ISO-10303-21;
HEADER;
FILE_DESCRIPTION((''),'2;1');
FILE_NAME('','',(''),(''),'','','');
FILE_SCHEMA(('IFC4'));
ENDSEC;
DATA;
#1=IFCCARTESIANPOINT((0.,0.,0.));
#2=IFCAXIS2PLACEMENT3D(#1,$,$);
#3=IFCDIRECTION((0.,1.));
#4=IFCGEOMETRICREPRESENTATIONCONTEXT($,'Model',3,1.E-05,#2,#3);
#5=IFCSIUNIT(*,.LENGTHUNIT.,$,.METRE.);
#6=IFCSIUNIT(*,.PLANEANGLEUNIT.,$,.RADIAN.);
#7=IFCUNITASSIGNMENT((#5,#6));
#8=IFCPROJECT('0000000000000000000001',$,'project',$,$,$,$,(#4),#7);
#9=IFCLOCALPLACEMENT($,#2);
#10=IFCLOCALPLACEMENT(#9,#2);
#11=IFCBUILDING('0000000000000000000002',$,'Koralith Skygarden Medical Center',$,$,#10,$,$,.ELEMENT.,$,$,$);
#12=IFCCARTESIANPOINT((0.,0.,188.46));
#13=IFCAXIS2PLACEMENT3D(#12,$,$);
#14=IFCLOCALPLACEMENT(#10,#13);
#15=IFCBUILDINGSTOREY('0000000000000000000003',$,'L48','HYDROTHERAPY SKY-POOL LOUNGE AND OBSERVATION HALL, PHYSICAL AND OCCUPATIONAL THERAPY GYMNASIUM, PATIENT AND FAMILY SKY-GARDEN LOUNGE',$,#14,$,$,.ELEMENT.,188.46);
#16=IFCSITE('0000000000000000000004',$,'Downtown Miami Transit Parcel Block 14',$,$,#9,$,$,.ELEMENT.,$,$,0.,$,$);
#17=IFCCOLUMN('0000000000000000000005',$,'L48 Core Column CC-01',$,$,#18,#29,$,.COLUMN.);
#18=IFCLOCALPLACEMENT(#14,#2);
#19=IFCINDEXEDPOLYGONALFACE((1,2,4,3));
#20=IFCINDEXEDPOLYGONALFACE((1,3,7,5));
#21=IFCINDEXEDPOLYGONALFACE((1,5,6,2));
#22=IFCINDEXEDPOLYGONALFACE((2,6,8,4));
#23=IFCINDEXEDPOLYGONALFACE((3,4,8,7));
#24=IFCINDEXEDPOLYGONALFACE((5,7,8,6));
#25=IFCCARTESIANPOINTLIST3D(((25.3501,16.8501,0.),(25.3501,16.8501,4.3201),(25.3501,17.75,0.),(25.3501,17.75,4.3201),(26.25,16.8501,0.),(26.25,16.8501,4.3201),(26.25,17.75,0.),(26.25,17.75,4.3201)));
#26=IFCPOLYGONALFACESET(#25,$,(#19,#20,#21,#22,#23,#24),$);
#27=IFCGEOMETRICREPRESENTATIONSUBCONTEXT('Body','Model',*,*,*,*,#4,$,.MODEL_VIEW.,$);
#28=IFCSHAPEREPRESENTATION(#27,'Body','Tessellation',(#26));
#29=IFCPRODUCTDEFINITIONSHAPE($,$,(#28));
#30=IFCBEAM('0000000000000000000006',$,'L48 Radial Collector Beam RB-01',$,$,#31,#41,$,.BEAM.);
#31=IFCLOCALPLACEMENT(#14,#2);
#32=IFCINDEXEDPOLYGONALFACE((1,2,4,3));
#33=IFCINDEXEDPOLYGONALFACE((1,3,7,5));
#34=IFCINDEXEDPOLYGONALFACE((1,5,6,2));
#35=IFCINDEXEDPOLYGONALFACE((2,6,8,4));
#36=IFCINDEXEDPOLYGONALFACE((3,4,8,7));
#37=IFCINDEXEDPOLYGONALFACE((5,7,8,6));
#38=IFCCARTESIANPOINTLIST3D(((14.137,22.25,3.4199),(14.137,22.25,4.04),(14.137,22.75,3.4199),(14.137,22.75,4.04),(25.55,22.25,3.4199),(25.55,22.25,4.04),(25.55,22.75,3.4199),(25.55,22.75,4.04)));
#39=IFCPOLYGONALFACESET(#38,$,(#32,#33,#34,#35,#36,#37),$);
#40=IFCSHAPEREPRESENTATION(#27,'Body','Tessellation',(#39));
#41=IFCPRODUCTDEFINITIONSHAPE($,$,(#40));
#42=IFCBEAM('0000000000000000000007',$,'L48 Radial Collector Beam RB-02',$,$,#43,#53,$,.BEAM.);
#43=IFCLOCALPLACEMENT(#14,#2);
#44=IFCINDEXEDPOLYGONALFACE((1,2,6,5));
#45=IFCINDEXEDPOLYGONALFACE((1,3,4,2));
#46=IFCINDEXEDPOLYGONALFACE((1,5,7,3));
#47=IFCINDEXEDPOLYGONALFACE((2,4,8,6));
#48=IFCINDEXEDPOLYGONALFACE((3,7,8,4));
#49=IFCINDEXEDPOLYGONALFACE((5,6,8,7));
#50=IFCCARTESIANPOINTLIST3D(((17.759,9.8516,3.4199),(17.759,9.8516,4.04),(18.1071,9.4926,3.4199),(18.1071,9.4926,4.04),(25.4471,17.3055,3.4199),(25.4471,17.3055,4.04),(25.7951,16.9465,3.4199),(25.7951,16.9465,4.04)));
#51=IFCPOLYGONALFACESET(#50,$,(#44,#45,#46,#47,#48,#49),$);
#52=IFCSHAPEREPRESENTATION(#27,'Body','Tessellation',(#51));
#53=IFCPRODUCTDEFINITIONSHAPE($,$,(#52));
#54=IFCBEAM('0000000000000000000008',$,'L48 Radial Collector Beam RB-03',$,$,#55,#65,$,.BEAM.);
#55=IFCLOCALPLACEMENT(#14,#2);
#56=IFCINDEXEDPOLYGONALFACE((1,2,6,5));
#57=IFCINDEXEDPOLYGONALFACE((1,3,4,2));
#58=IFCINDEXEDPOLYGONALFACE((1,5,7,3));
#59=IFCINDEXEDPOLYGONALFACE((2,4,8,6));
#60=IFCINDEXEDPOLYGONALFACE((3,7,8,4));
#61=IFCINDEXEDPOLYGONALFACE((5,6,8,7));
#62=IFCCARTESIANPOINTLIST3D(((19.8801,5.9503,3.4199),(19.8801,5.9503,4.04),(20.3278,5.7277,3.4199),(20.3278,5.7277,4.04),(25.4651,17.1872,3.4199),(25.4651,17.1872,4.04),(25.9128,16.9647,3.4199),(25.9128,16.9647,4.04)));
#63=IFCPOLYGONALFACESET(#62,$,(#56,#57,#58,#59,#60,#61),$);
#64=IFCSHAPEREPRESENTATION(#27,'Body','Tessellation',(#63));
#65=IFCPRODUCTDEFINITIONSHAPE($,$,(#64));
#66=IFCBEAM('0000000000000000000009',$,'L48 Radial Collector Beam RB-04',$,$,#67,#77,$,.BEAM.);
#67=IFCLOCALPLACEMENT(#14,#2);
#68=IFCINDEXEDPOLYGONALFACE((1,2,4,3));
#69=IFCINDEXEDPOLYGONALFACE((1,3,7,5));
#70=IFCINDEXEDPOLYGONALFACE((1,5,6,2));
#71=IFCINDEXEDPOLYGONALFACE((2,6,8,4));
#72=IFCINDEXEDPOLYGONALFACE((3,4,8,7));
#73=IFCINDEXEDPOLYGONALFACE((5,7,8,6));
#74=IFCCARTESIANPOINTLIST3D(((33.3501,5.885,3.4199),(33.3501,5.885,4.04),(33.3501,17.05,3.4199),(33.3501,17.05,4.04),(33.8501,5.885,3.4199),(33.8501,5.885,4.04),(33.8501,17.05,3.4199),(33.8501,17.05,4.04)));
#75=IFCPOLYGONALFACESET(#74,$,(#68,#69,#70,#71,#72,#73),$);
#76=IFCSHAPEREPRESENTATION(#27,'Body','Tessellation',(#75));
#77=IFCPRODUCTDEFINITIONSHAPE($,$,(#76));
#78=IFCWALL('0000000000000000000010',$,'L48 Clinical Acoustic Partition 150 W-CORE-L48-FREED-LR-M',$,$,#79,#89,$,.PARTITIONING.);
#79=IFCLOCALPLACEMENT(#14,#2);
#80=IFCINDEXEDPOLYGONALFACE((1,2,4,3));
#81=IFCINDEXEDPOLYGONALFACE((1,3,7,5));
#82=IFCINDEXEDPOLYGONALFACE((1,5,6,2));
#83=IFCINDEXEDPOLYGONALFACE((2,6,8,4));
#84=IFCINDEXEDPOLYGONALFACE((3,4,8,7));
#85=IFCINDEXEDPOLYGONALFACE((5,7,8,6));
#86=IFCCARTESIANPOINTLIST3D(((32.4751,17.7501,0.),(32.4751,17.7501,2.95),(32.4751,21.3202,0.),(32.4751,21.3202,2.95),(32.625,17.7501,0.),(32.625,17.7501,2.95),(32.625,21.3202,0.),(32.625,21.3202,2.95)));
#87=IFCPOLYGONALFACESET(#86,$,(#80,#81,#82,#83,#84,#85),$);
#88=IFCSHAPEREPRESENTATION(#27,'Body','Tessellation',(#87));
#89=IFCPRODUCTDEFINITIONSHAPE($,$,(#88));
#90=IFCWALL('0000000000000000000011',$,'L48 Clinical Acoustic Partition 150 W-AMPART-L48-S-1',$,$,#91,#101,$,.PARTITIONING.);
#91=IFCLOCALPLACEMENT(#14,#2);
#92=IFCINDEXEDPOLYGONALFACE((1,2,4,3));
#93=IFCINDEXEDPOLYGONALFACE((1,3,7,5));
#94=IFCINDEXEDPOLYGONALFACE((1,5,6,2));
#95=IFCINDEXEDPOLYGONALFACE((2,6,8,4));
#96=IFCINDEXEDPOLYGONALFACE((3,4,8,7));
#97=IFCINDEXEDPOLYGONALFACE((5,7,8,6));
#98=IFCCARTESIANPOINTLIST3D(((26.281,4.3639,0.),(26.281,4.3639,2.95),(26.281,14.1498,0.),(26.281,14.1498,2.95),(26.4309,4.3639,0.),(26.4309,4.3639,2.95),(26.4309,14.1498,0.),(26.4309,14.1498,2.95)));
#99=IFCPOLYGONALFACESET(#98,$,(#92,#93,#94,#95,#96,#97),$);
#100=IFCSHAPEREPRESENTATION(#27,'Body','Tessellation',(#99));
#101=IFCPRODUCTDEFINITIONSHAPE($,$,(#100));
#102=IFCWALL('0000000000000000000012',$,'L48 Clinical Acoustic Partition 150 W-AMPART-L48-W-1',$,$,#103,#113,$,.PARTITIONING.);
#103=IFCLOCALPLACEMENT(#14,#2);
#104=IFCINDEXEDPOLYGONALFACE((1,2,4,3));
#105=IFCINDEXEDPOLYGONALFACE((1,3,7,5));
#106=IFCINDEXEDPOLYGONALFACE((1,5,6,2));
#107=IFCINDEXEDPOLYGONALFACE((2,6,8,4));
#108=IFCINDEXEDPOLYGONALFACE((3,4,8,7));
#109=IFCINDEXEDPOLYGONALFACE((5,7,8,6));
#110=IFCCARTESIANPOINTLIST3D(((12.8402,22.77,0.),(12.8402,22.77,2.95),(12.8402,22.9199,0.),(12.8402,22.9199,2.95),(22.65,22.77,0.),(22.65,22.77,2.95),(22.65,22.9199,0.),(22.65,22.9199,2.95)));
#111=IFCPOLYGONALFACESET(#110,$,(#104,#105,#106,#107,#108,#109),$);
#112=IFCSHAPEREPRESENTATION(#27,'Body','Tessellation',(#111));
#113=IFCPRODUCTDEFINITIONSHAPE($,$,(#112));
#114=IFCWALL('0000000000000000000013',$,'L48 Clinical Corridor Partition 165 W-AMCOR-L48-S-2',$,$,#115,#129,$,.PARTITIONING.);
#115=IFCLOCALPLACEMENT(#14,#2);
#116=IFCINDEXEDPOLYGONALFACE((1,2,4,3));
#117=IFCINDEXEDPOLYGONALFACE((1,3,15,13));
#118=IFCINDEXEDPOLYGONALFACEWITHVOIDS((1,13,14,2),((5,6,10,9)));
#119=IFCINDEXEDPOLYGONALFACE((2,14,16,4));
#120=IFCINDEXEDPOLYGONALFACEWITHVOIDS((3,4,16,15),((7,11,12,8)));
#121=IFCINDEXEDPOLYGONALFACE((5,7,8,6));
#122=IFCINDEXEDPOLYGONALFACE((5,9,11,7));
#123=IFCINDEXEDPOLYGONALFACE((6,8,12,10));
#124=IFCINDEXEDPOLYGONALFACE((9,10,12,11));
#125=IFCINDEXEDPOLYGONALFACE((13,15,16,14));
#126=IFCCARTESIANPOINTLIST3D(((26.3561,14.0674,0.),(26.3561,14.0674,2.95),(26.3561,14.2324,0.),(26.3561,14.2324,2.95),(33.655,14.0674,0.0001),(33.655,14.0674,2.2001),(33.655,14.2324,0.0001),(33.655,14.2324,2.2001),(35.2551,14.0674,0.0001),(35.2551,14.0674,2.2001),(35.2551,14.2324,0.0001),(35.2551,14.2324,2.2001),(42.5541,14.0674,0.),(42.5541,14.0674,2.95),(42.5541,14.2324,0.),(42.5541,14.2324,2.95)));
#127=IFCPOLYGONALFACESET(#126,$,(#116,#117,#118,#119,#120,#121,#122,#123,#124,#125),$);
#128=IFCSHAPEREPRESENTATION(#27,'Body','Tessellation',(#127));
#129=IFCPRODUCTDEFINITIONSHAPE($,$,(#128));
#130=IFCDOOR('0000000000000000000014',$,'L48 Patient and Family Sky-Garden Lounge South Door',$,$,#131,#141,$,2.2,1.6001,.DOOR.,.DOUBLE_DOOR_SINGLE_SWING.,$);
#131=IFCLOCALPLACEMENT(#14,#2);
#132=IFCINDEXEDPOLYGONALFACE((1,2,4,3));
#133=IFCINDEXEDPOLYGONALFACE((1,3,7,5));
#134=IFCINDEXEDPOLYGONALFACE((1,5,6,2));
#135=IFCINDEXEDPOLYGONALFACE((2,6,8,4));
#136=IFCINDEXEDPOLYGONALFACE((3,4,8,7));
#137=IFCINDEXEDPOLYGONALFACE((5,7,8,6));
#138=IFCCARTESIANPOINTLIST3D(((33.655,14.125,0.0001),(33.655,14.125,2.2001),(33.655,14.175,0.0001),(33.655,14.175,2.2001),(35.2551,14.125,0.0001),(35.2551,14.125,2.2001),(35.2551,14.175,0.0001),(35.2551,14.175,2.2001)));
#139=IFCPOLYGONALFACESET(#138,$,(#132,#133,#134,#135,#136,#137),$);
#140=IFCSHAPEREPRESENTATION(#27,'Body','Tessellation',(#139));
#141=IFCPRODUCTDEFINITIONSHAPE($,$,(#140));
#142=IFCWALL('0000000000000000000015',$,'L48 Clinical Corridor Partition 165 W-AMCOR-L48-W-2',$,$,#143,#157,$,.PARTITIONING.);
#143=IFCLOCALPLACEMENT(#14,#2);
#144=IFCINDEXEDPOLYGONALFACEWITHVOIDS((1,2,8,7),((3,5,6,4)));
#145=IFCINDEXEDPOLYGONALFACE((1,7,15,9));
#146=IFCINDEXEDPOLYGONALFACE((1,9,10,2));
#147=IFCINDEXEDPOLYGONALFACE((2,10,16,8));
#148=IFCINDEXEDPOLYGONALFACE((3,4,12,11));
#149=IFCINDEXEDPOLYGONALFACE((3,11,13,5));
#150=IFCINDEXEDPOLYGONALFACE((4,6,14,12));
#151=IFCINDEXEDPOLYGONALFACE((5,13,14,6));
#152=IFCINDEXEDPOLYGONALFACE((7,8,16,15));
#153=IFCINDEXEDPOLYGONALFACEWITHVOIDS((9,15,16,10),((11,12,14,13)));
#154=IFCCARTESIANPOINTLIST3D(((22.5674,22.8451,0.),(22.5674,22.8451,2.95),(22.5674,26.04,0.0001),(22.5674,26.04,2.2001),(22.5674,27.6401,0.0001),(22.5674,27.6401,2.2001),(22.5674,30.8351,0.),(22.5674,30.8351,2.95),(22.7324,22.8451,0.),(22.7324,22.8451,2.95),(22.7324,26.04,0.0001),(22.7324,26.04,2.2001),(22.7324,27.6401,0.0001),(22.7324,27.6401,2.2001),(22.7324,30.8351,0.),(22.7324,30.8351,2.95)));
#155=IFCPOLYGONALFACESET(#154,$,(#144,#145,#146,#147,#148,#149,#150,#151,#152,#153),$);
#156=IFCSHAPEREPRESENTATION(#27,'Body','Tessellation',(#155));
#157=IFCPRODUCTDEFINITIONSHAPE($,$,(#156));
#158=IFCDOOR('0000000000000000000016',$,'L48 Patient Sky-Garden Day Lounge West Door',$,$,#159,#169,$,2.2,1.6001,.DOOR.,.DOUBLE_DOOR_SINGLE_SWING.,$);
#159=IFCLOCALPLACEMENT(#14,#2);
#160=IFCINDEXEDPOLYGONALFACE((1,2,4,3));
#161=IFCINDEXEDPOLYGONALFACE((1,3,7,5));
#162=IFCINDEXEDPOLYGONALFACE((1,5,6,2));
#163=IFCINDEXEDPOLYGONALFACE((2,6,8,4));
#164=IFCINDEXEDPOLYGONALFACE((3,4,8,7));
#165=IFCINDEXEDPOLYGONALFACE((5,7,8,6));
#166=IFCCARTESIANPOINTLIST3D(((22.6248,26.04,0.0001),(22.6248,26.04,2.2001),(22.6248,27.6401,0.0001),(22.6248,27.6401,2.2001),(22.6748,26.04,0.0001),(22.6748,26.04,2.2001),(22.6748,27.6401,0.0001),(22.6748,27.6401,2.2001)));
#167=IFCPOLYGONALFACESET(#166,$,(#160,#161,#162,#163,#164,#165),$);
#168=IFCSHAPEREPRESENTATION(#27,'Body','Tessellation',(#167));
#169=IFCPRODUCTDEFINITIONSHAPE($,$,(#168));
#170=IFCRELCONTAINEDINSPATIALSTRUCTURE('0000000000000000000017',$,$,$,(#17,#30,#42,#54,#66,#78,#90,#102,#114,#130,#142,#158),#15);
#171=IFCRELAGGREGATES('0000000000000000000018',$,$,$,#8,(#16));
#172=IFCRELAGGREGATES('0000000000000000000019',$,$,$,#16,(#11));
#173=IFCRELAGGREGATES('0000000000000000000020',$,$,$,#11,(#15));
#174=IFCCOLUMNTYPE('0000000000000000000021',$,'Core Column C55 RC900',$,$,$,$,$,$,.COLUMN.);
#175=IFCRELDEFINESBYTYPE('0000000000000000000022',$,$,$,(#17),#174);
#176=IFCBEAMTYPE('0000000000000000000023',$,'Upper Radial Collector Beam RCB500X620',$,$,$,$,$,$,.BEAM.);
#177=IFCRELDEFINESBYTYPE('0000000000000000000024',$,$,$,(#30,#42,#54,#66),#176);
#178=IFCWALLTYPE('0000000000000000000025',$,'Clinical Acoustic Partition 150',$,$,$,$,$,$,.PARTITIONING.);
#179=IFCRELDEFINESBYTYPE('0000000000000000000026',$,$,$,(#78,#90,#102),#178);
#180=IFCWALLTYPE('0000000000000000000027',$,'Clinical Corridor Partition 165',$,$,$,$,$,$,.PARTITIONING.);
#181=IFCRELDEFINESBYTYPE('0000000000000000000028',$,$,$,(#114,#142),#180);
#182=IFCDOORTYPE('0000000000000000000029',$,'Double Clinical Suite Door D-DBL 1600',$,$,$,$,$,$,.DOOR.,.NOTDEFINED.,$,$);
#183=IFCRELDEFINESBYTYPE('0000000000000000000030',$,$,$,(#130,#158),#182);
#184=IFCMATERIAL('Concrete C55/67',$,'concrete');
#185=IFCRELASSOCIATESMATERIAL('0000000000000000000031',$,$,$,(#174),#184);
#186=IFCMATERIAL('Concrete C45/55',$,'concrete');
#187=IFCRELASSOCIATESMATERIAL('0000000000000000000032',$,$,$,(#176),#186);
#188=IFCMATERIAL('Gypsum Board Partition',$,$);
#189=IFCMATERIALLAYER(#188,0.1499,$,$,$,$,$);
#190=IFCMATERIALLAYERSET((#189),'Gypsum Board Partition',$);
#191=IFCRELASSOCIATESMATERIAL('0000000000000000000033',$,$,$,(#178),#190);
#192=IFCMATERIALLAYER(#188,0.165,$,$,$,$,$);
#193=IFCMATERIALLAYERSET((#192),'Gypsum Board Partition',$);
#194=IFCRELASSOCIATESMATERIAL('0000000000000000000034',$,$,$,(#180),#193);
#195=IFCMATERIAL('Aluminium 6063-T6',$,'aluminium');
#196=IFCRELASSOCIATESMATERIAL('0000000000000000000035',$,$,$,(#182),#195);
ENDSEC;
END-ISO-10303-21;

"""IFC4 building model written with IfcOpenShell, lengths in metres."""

from ifc_helpers import new_model, si_unit, direction, frame, frame_2d, origin, origin_2d, place, context, subcontext, project, spatial, rectangle, extrude, material, layer, layer_set, material_profile, profile_set, type_object, element, fill, save


model = new_model("IFC4")

# Units and contexts
model_context = context("Model", 3, precision=1e-05, world=origin(), true_north=direction((0.0, 1.0)))
body_context = subcontext(model_context, "Body", "Model", "MODEL_VIEW")
ifc_project = project(units=[si_unit("LENGTHUNIT", "METRE"), si_unit("PLANEANGLEUNIT", "RADIAN")], contexts=[model_context])

# Site, building, storey
site_placement = place(None, origin())
site = spatial("IfcSite", under=ifc_project, at=site_placement, Name="Downtown Miami Transit Parcel Block 14", CompositionType="ELEMENT", RefElevation=0.0)
building_placement = place(site_placement, origin())
building = spatial("IfcBuilding", under=site, at=building_placement, Name="Koralith Skygarden Medical Center", CompositionType="ELEMENT")
storey_placement = place(building_placement, frame((0.0, 0.0, 188.46)))
storey = spatial("IfcBuildingStorey", under=building, at=storey_placement, Name="L48", Description="HYDROTHERAPY SKY-POOL LOUNGE AND OBSERVATION HALL, PHYSICAL AND OCCUPATIONAL THERAPY GYMNASIUM, PATIENT AND FAMILY SKY-GARDEN LOUNGE", CompositionType="ELEMENT", Elevation=188.46)

# Column
ifc_material_1 = material(Name="Concrete C55/67", Category="concrete")
ifc_material_profile_1 = material_profile(ifc_material_1, rectangle(XDim=0.8999, YDim=0.8999, at=origin_2d()), Name="RC900X900")
ifc_profile_set_1 = profile_set([ifc_material_profile_1], Name="Concrete C55/67")
column_type = type_object("IfcColumnType", Name="Core Column C55 RC900", PredefinedType="COLUMN", material=ifc_profile_set_1)
column_placement = place(storey_placement, frame((25.8, 17.3, 0.0), z_axis=(0.0, 0.0, 1.0), x_axis=(1.0, 0.0, 0.0)))
element("IfcColumn", 1, at=column_placement, inside=storey, type_object=column_type, Name="L48 Core Column CC-01", PredefinedType="COLUMN", context=body_context, shape_type="SweptSolid", body=[
    extrude(rectangle(XDim=0.8999, YDim=0.8999, at=origin_2d()), origin(), (0.0, 0.0, 1.0), 4.3201),
])

# Beams
ifc_material_2 = material(Name="Concrete C45/55", Category="concrete")
ifc_material_profile_2 = material_profile(ifc_material_2, rectangle(XDim=0.5, YDim=0.6201, at=origin_2d()), Name="RCB500X620")
ifc_profile_set_2 = profile_set([ifc_material_profile_2], Name="Concrete C45/55")
beam_type = type_object("IfcBeamType", Name="Upper Radial Collector Beam RCB500X620", PredefinedType="BEAM", material=ifc_profile_set_2)
beam_1_placement = place(storey_placement, frame((25.55, 22.5, 3.73), z_axis=(-1.0, 0.0, 0.0), x_axis=(0.0, -1.0, 0.0)))
element("IfcBeam", 2, at=beam_1_placement, inside=storey, type_object=beam_type, Name="L48 Radial Collector Beam RB-01", PredefinedType="BEAM", context=body_context, shape_type="SweptSolid", body=[
    extrude(rectangle(XDim=0.5, YDim=0.6201, at=origin_2d()), origin(), (0.0, 0.0, 1.0), 11.4131),
])
beam_2_placement = place(storey_placement, frame((25.6211, 17.126, 3.73), z_axis=(-0.717955, -0.69609, 0.0), x_axis=(0.69609, -0.717955, 0.0)))
element("IfcBeam", 3, at=beam_2_placement, inside=storey, type_object=beam_type, Name="L48 Radial Collector Beam RB-02", PredefinedType="BEAM", context=body_context, shape_type="SweptSolid", body=[
    extrude(rectangle(XDim=0.5, YDim=0.6201, at=origin_2d()), origin(), (0.0, 0.0, 1.0), 10.7083),
])
beam_3_placement = place(storey_placement, frame((25.689, 17.0759, 3.73), z_axis=(-0.44508, -0.895491, 0.0), x_axis=(0.895491, -0.44508, 0.0)))
element("IfcBeam", 4, at=beam_3_placement, inside=storey, type_object=beam_type, Name="L48 Radial Collector Beam RB-03", PredefinedType="BEAM", context=body_context, shape_type="SweptSolid", body=[
    extrude(rectangle(XDim=0.5, YDim=0.6201, at=origin_2d()), origin(), (0.0, 0.0, 1.0), 12.5483),
])
beam_4_placement = place(storey_placement, frame((33.6001, 17.05, 3.73), z_axis=(0.0, -1.0, 0.0), x_axis=(1.0, 0.0, 0.0)))
element("IfcBeam", 5, at=beam_4_placement, inside=storey, type_object=beam_type, Name="L48 Radial Collector Beam RB-04", PredefinedType="BEAM", context=body_context, shape_type="SweptSolid", body=[
    extrude(rectangle(XDim=0.5, YDim=0.6201, at=origin_2d()), origin(), (0.0, 0.0, 1.0), 11.165),
])

# Shared definitions
ifc_material_3 = material(Name="Gypsum Board Partition")
ifc_layer_1 = layer(ifc_material_3, 0.1499)
ifc_layer_set_1 = layer_set([ifc_layer_1], Name="Gypsum Board Partition")
wall_type_1 = type_object("IfcWallType", Name="Clinical Acoustic Partition 150", PredefinedType="PARTITIONING", material=ifc_layer_set_1)
ifc_material_4 = material(Name="Aluminium 6063-T6", Category="aluminium")

# Walls
wall_1_placement = place(storey_placement, frame((32.55, 17.75, 0.0), z_axis=(0.0, 0.0, 1.0), x_axis=(0.0, 1.0, 0.0)))
element("IfcWall", 6, at=wall_1_placement, inside=storey, type_object=wall_type_1, Name="L48 Clinical Acoustic Partition 150 W-CORE-L48-FREED-LR-M", PredefinedType="PARTITIONING", context=body_context, shape_type="SweptSolid", body=[
    extrude(rectangle(XDim=3.5701, YDim=0.1499, at=frame_2d((1.7852, 0.0))), origin(), (0.0, 0.0, 1.0), 2.95),
])
wall_2_placement = place(storey_placement, frame((26.356, 14.1499, 0.0), z_axis=(0.0, 0.0, 1.0), x_axis=(0.0, -1.0, 0.0)))
element("IfcWall", 7, at=wall_2_placement, inside=storey, type_object=wall_type_1, Name="L48 Clinical Acoustic Partition 150 W-AMPART-L48-S-1", PredefinedType="PARTITIONING", context=body_context, shape_type="SweptSolid", body=[
    extrude(rectangle(XDim=9.7859, YDim=0.1499, at=frame_2d((4.8931, 0.0))), origin(), (0.0, 0.0, 1.0), 2.95),
])
wall_3_placement = place(storey_placement, frame((22.6499, 22.845, 0.0), z_axis=(0.0, 0.0, 1.0), x_axis=(-1.0, 0.0, 0.0)))
element("IfcWall", 8, at=wall_3_placement, inside=storey, type_object=wall_type_1, Name="L48 Clinical Acoustic Partition 150 W-AMPART-L48-W-1", PredefinedType="PARTITIONING", context=body_context, shape_type="SweptSolid", body=[
    extrude(rectangle(XDim=9.8098, YDim=0.1499, at=frame_2d((4.9048, 0.0))), origin(), (0.0, 0.0, 1.0), 2.95),
])

# Walls, openings, doors
ifc_layer_2 = layer(ifc_material_3, 0.165)
ifc_layer_set_2 = layer_set([ifc_layer_2], Name="Gypsum Board Partition")
wall_type_2 = type_object("IfcWallType", Name="Clinical Corridor Partition 165", PredefinedType="PARTITIONING", material=ifc_layer_set_2)
wall_4_placement = place(storey_placement, frame((26.356, 14.1499, 0.0), z_axis=(0.0, 0.0, 1.0), x_axis=(1.0, 0.0, 0.0)))
wall_4 = element("IfcWall", 9, at=wall_4_placement, inside=storey, type_object=wall_type_2, Name="L48 Clinical Corridor Partition 165 W-AMCOR-L48-S-2", PredefinedType="PARTITIONING", context=body_context, shape_type="SweptSolid", body=[
    extrude(rectangle(XDim=16.198, YDim=0.165, at=frame_2d((8.0991, 0.0))), origin(), (0.0, 0.0, 1.0), 2.95),
])
opening_1_placement = place(wall_4_placement, frame((7.2991, 0.0, 0.0)))
opening_1 = element("IfcOpeningElement", 10, at=opening_1_placement, cuts=wall_4, PredefinedType="OPENING", context=body_context, shape_type="SweptSolid", body=[
    extrude(rectangle(XDim=1.6001, YDim=2.2, at=frame_2d((0.8, 1.1001))), frame((0.0, 0.0925, 0.0), z_axis=(0.0, -1.0, 0.0), x_axis=(1.0, 0.0, 0.0)), (0.0, 0.0, 1.0), 0.1851),
])
door_type_1 = type_object("IfcDoorType", Name="Double Clinical Suite Door D-DBL 1600", OperationType="NOTDEFINED", PredefinedType="DOOR", material=ifc_material_4)
door_1_placement = place(opening_1_placement, frame((1.6001, 0.0, 0.0), z_axis=(0.0, 0.0, 1.0), x_axis=(-1.0, 0.0, 0.0)))
door_1 = element("IfcDoor", 11, at=door_1_placement, inside=storey, type_object=door_type_1, Name="L48 Patient and Family Sky-Garden Lounge South Door", OperationType="DOUBLE_DOOR_SINGLE_SWING", OverallHeight=2.2, OverallWidth=1.6001, PredefinedType="DOOR", context=body_context, shape_type="SweptSolid", body=[
    extrude(rectangle(XDim=1.6001, YDim=2.2, at=frame_2d((0.8, 1.1001))), frame((0.0, 0.0249, 0.0), z_axis=(0.0, -1.0, 0.0), x_axis=(1.0, 0.0, 0.0)), (0.0, 0.0, 1.0), 0.05),
])
fill(opening_1, door_1)
wall_5_placement = place(storey_placement, frame((22.6499, 22.845, 0.0), z_axis=(0.0, 0.0, 1.0), x_axis=(0.0, 1.0, 0.0)))
wall_5 = element("IfcWall", 12, at=wall_5_placement, inside=storey, type_object=wall_type_2, Name="L48 Clinical Corridor Partition 165 W-AMCOR-L48-W-2", PredefinedType="PARTITIONING", context=body_context, shape_type="SweptSolid", body=[
    extrude(rectangle(XDim=7.99, YDim=0.165, at=frame_2d((3.9951, 0.0))), origin(), (0.0, 0.0, 1.0), 2.95),
])
opening_2_placement = place(wall_5_placement, frame((3.1951, 0.0, 0.0)))
opening_2 = element("IfcOpeningElement", 13, at=opening_2_placement, cuts=wall_5, PredefinedType="OPENING", context=body_context, shape_type="SweptSolid", body=[
    extrude(rectangle(XDim=1.6001, YDim=2.2, at=frame_2d((0.8, 1.1001))), frame((0.0, 0.0925, 0.0), z_axis=(0.0, -1.0, 0.0), x_axis=(1.0, 0.0, 0.0)), (0.0, 0.0, 1.0), 0.1851),
])
door_2_placement = place(opening_2_placement, frame((1.6001, 0.0, 0.0), z_axis=(0.0, 0.0, 1.0), x_axis=(-1.0, 0.0, 0.0)))
door_2 = element("IfcDoor", 14, at=door_2_placement, inside=storey, type_object=door_type_1, Name="L48 Patient Sky-Garden Day Lounge West Door", OperationType="DOUBLE_DOOR_SINGLE_SWING", OverallHeight=2.2, OverallWidth=1.6001, PredefinedType="DOOR", context=body_context, shape_type="SweptSolid", body=[
    extrude(rectangle(XDim=1.6001, YDim=2.2, at=frame_2d((0.8, 1.1001))), frame((0.0, 0.0249, 0.0), z_axis=(0.0, -1.0, 0.0), x_axis=(1.0, 0.0, 0.0)), (0.0, 0.0, 1.0), 0.05),
])
fill(opening_2, door_2)

save(model, "model.ifc")
